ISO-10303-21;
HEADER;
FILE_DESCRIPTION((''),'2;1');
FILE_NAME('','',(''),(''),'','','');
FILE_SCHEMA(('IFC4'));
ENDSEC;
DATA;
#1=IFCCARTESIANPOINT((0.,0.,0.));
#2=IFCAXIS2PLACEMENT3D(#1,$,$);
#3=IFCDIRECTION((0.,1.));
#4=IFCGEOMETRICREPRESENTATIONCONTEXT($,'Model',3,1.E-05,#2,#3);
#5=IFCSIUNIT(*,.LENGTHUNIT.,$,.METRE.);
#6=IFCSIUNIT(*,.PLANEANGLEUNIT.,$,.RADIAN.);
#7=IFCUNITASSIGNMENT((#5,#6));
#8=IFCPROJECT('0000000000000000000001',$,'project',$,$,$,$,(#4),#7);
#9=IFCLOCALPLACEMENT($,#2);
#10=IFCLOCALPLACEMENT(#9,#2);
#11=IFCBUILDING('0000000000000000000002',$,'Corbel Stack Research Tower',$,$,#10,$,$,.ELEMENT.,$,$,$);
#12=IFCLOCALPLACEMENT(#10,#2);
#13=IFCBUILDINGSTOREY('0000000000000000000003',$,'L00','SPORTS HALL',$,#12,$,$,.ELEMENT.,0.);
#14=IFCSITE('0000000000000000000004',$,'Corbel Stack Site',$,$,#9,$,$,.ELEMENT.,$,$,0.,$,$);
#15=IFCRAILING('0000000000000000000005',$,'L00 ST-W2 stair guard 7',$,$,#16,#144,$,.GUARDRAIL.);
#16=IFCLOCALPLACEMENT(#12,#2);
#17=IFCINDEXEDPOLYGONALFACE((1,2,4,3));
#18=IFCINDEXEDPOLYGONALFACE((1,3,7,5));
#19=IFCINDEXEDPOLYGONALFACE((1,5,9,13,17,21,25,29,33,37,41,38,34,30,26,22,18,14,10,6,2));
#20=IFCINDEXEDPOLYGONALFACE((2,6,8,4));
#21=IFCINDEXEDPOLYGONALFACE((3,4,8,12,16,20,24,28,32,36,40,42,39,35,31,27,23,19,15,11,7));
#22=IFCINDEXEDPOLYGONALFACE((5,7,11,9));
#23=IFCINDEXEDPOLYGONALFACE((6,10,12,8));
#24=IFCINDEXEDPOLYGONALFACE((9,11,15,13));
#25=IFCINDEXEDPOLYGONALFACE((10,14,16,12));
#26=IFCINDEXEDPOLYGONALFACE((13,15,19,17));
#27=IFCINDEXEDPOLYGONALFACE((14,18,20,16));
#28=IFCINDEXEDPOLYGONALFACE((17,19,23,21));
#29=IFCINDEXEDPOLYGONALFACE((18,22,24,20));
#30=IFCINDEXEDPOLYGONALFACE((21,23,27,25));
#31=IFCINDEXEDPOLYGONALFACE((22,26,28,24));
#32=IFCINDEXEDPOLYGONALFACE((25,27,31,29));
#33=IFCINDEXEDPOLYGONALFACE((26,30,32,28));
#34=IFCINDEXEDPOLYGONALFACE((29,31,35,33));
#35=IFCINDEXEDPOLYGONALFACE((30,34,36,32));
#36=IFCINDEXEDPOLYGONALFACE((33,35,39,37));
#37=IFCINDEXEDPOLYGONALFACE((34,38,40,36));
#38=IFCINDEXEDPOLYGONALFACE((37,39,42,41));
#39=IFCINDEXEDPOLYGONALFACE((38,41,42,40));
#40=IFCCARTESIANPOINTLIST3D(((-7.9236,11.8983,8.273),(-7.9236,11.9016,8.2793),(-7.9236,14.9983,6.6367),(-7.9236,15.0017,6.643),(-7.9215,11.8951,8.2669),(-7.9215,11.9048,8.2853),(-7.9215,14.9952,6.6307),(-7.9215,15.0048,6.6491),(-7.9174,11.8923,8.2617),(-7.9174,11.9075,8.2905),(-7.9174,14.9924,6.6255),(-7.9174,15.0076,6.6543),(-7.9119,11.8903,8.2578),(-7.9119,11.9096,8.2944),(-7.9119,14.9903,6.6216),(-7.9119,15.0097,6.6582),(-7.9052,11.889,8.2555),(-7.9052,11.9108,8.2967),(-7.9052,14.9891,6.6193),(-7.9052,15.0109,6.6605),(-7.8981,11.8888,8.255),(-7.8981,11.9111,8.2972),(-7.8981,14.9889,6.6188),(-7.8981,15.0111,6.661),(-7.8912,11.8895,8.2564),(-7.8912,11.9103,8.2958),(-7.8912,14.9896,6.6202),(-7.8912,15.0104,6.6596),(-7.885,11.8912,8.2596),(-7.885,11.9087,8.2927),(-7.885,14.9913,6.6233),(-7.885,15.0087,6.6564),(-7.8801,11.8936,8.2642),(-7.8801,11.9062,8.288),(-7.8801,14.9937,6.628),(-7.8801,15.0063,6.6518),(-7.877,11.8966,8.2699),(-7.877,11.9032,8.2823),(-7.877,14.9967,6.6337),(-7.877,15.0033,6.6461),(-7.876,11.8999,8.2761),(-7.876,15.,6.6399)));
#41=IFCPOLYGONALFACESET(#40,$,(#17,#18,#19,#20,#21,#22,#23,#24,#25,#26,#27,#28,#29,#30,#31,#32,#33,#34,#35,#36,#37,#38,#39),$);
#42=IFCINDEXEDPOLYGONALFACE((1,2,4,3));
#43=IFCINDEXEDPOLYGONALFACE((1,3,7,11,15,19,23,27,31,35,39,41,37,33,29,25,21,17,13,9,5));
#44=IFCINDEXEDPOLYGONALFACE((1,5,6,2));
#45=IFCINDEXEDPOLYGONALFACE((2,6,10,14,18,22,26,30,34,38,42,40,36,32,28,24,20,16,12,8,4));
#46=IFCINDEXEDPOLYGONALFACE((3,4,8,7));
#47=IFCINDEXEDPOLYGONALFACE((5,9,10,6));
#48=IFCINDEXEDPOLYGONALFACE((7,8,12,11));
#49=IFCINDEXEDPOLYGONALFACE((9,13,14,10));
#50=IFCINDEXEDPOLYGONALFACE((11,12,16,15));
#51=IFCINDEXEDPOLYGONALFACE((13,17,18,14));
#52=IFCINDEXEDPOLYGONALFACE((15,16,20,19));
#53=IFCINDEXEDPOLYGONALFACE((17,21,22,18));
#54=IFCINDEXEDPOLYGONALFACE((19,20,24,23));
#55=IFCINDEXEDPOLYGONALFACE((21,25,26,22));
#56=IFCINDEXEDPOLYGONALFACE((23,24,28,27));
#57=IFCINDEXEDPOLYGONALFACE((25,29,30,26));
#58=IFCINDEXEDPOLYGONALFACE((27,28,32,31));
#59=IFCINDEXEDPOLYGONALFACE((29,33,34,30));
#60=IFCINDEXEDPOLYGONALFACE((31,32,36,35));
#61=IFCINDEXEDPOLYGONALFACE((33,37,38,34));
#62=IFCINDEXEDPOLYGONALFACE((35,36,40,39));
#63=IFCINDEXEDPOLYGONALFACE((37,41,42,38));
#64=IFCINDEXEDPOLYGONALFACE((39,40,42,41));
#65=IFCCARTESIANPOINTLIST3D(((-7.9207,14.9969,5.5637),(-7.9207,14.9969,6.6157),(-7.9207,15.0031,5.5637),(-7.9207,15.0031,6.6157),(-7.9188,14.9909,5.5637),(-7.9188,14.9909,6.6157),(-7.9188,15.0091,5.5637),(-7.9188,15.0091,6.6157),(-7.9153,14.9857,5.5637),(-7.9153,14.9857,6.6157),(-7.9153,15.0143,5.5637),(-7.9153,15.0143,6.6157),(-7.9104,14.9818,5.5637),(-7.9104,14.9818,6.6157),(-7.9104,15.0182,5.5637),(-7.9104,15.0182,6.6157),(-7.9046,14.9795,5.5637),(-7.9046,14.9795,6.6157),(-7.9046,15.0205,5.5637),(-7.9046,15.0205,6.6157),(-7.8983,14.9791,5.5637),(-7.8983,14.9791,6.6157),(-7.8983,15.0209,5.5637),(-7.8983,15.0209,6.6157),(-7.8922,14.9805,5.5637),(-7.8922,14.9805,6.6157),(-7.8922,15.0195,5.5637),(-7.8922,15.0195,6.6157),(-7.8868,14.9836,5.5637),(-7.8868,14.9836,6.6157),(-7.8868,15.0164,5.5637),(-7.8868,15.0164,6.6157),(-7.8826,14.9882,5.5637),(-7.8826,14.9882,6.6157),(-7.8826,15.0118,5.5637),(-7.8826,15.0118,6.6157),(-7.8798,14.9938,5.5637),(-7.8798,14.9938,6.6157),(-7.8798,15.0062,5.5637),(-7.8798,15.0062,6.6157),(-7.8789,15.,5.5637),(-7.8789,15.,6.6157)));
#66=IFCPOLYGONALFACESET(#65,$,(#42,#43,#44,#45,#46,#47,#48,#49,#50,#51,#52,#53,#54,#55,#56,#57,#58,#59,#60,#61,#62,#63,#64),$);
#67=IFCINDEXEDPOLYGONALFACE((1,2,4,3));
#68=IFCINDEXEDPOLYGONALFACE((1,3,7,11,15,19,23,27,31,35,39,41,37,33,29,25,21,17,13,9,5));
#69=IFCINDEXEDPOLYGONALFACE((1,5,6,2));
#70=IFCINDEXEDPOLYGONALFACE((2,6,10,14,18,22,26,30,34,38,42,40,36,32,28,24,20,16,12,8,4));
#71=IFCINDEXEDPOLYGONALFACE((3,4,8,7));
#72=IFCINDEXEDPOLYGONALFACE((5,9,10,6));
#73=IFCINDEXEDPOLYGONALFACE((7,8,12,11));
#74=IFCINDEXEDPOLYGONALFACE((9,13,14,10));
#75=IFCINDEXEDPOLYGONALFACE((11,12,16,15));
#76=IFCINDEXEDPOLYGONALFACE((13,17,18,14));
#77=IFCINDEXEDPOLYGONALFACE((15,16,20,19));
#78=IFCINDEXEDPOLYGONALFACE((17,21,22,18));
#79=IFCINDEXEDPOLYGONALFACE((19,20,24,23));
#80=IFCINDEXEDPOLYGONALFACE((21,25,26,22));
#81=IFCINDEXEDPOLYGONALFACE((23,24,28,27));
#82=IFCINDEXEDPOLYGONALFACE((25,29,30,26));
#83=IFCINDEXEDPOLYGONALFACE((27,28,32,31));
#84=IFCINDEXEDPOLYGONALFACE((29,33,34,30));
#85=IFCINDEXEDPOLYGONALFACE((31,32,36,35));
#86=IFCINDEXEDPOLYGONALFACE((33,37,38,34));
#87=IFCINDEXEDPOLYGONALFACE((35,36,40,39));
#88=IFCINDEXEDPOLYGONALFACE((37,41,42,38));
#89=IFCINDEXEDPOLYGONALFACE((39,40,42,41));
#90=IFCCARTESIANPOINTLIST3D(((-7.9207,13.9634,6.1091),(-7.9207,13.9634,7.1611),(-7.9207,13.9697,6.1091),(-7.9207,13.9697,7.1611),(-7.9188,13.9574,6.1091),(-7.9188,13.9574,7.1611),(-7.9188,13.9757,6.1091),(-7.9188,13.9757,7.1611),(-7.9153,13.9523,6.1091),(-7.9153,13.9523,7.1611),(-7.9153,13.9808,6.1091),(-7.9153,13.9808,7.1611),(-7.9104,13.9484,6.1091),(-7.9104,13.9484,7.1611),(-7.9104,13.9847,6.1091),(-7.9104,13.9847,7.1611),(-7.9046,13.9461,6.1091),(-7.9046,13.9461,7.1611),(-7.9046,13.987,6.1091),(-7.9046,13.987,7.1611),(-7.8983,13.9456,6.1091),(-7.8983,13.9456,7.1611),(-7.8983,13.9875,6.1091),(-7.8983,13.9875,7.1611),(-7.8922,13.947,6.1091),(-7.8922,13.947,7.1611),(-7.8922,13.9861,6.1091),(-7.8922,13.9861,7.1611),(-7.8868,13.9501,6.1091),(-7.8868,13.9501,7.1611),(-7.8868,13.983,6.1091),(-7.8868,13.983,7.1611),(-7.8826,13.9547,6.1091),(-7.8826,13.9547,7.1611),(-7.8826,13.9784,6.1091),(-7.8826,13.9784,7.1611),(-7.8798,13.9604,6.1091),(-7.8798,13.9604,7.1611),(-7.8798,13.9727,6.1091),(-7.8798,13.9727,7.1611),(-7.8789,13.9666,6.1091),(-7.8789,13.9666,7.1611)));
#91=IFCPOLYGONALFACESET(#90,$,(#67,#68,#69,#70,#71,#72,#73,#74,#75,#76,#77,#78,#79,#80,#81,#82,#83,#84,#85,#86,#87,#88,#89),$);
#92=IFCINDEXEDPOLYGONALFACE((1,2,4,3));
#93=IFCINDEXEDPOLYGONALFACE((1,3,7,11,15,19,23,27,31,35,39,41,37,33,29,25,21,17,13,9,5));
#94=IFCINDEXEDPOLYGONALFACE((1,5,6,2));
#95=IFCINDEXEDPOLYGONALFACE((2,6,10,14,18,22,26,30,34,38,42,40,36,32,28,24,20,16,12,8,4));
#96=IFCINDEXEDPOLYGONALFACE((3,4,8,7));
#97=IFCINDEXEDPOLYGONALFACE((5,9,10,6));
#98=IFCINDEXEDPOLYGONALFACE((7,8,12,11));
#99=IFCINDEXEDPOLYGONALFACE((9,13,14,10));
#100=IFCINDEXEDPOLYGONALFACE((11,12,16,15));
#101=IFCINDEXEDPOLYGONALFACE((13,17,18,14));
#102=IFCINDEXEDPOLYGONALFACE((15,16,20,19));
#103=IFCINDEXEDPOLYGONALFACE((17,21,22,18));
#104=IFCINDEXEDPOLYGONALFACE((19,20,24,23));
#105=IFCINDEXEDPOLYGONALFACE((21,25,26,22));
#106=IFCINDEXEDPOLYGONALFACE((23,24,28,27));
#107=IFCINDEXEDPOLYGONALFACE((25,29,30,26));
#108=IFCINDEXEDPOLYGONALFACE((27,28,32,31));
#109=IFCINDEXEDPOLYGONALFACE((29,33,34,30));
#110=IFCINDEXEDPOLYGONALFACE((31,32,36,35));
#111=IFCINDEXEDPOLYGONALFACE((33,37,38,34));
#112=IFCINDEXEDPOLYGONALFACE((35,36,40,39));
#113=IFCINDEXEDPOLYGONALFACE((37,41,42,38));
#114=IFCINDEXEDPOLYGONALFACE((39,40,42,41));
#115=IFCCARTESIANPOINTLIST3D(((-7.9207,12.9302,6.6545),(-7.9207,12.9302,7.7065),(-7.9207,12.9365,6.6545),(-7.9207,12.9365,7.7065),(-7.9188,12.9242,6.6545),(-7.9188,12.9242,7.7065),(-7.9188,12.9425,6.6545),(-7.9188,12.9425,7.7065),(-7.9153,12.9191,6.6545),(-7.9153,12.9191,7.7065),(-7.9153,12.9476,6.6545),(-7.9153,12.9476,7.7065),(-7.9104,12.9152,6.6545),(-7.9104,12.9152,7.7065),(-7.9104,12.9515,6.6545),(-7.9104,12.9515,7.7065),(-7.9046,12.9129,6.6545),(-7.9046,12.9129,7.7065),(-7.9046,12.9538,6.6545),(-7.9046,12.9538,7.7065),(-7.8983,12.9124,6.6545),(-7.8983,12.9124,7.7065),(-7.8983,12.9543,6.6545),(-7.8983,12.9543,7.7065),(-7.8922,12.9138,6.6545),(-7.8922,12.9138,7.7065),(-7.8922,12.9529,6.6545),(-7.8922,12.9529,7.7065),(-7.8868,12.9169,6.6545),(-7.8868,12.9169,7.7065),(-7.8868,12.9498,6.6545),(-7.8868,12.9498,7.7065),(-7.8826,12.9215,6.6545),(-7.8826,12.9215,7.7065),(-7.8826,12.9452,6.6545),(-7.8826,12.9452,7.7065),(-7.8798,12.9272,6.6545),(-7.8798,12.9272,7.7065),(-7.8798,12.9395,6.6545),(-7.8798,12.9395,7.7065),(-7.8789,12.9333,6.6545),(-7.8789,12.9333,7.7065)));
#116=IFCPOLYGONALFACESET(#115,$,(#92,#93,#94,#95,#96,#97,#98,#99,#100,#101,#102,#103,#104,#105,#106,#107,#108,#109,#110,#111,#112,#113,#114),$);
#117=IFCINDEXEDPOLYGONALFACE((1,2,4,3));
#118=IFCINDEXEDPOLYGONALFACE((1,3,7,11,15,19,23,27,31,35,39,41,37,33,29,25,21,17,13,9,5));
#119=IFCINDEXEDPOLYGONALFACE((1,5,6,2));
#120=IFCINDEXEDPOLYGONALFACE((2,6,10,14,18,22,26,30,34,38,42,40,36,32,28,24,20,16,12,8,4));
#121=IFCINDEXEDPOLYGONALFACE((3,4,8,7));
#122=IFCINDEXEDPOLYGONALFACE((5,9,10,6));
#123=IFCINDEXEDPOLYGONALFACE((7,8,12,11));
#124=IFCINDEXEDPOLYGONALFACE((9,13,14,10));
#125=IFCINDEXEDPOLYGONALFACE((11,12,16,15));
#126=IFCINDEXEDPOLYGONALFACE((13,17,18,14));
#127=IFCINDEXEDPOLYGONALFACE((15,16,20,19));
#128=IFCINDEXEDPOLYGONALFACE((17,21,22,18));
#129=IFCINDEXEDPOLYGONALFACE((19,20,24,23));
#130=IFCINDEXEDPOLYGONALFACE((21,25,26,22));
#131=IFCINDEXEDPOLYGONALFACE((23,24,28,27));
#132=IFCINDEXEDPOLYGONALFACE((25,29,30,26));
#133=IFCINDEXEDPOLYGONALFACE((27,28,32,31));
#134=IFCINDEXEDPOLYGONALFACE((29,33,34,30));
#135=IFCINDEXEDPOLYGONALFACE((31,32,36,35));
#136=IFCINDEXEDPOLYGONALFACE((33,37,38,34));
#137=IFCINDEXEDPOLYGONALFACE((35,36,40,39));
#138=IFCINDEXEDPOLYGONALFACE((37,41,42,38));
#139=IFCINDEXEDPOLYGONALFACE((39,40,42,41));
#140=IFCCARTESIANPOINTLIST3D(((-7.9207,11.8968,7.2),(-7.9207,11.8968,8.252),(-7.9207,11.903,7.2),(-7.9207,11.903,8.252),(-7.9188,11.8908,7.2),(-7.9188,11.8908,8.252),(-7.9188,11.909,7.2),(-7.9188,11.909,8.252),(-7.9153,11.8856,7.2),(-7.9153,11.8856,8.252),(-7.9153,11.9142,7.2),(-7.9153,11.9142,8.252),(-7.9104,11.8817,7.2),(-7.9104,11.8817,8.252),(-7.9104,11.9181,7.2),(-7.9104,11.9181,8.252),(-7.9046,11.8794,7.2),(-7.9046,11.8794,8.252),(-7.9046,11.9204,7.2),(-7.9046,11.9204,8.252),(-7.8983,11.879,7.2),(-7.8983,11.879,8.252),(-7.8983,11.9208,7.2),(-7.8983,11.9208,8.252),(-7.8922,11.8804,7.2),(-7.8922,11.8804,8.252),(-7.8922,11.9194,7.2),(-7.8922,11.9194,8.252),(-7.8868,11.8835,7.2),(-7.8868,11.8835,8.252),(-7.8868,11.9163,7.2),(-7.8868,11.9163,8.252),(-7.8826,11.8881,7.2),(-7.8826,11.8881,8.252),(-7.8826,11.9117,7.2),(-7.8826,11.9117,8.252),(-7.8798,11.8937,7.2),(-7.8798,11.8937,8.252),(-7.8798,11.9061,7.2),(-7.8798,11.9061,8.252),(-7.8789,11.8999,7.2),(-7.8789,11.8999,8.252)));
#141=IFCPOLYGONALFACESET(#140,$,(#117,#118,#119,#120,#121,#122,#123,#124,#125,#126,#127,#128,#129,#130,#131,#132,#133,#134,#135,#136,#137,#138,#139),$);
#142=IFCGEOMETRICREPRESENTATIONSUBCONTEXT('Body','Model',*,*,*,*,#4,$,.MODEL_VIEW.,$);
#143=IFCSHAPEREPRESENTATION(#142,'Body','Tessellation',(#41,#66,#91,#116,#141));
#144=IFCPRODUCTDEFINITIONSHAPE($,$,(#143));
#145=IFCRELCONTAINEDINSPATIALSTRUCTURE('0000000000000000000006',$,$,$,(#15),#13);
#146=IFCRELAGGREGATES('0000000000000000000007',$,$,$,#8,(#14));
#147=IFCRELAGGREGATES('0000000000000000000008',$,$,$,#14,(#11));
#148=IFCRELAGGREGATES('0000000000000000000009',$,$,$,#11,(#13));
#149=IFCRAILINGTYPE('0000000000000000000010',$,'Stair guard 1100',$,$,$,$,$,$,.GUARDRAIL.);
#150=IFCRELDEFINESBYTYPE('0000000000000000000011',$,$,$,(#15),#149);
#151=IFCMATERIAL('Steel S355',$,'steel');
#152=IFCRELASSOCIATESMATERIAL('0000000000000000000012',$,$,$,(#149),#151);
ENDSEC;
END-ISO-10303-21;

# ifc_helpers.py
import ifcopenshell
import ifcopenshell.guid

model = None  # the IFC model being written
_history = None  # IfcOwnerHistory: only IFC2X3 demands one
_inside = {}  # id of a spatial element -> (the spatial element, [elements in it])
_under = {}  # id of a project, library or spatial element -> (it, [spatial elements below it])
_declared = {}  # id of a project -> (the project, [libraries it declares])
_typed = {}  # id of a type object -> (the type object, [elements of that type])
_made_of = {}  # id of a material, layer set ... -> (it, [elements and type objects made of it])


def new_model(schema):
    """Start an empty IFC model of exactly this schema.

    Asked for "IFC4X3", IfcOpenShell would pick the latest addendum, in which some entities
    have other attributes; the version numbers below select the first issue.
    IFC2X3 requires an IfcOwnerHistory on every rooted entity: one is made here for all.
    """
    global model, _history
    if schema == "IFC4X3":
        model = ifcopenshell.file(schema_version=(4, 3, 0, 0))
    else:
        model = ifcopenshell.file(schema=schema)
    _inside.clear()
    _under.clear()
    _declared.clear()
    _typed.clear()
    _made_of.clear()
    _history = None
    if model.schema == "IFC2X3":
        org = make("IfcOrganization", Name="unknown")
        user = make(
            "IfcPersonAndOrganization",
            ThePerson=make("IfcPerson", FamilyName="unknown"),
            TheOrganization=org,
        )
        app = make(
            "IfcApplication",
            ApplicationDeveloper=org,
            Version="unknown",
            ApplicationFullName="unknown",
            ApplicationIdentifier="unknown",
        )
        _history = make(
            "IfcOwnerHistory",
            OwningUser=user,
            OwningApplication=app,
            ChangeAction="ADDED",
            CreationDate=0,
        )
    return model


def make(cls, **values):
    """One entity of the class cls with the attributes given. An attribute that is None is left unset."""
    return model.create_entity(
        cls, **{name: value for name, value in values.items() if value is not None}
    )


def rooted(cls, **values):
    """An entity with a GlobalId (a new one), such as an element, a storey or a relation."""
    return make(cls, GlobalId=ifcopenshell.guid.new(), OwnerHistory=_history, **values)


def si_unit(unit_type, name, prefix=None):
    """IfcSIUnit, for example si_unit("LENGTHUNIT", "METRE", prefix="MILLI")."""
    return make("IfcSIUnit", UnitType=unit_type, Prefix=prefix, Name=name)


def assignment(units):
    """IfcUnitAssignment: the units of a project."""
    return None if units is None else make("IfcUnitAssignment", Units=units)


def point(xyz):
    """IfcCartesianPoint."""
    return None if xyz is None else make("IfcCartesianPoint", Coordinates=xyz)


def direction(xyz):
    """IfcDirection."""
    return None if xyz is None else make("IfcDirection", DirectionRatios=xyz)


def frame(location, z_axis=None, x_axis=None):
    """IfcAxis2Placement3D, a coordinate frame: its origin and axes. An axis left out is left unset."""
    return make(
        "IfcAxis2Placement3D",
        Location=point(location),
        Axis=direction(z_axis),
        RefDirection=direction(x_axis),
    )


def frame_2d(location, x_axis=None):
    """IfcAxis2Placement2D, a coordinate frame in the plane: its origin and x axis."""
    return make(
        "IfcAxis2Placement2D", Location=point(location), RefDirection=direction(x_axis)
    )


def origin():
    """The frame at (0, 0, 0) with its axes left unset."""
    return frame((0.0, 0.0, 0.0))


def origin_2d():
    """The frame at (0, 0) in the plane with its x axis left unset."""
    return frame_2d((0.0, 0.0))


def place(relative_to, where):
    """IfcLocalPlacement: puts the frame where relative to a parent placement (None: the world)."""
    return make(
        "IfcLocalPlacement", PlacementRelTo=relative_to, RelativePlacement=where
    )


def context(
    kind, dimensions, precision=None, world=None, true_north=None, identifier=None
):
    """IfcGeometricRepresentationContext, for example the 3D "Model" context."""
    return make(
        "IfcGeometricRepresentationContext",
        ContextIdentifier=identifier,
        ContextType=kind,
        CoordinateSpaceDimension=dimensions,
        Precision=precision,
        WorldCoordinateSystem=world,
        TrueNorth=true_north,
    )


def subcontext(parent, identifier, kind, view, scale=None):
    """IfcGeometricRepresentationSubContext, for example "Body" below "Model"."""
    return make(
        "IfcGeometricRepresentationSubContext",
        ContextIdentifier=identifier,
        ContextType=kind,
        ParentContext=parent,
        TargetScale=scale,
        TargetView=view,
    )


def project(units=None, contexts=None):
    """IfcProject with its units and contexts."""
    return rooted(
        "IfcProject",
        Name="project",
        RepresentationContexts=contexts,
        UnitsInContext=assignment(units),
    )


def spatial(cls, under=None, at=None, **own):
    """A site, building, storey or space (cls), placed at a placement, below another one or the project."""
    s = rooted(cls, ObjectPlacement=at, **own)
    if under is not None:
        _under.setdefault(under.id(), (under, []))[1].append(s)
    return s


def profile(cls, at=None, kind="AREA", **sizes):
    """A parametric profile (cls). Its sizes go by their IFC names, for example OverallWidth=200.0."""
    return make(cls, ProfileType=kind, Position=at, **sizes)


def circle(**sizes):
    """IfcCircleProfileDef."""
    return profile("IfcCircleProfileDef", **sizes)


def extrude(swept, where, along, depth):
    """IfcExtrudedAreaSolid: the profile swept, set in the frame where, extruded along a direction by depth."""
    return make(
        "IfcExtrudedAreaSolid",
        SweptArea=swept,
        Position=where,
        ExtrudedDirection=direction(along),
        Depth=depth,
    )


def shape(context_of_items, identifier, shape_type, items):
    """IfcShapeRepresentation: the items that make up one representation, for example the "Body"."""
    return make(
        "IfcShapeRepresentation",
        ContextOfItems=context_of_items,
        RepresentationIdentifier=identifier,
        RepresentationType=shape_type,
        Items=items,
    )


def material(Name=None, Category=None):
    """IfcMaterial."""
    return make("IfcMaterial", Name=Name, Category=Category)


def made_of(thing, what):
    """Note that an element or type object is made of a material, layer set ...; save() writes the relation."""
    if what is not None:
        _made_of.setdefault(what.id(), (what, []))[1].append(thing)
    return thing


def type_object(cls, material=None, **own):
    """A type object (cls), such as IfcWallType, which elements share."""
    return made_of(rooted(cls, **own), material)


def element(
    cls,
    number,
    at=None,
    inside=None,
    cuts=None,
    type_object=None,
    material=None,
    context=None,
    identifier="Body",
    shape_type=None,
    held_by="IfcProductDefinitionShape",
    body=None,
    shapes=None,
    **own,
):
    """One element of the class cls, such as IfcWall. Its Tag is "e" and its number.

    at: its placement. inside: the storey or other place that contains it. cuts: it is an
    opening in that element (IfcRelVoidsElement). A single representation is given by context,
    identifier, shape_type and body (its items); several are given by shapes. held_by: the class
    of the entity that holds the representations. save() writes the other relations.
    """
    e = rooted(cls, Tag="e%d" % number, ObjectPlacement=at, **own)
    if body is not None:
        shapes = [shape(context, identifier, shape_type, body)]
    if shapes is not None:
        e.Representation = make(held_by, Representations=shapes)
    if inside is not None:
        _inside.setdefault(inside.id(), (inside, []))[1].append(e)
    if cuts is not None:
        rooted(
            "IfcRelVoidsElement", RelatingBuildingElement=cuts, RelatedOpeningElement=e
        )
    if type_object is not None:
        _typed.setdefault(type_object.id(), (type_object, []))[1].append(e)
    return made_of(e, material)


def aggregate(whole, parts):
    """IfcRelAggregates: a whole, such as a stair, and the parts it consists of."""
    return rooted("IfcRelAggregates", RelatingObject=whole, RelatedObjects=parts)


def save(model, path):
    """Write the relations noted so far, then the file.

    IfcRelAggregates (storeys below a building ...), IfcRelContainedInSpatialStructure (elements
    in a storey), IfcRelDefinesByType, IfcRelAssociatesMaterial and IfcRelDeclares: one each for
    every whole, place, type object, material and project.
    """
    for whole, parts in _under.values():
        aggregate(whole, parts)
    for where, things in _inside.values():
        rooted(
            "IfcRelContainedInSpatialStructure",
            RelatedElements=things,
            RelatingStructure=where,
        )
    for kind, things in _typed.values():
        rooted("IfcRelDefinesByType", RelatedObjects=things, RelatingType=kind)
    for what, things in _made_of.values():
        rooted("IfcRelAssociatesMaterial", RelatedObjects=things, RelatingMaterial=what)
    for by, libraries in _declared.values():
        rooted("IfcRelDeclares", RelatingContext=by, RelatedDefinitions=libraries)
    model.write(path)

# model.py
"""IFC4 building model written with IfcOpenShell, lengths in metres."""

from ifc_helpers import new_model, si_unit, direction, frame, origin, origin_2d, place, context, subcontext, project, spatial, circle, extrude, material, type_object, element, save


model = new_model("IFC4")

# Units and contexts
model_context = context("Model", 3, precision=1e-05, world=origin(), true_north=direction((0.0, 1.0)))
body_context = subcontext(model_context, "Body", "Model", "MODEL_VIEW")
ifc_project = project(units=[si_unit("LENGTHUNIT", "METRE"), si_unit("PLANEANGLEUNIT", "RADIAN")], contexts=[model_context])

# Site, building, storey
site_placement = place(None, origin())
site = spatial("IfcSite", under=ifc_project, at=site_placement, Name="Corbel Stack Site", CompositionType="ELEMENT", RefElevation=0.0)
building_placement = place(site_placement, origin())
building = spatial("IfcBuilding", under=site, at=building_placement, Name="Corbel Stack Research Tower", CompositionType="ELEMENT")
storey_placement = place(building_placement, origin())
storey = spatial("IfcBuildingStorey", under=building, at=storey_placement, Name="L00", Description="SPORTS HALL", CompositionType="ELEMENT", Elevation=0.0)

# Railing
ifc_material_1 = material(Name="Steel S355", Category="steel")
railing_type = type_object("IfcRailingType", Name="Stair guard 1100", PredefinedType="GUARDRAIL", material=ifc_material_1)
railing_1_placement = place(storey_placement, frame((-7.8999, 15.0, 5.5637)))
element("IfcRailing", 1, at=railing_1_placement, inside=storey, type_object=railing_type, Name="L00 ST-W2 stair guard 7", PredefinedType="GUARDRAIL", context=body_context, shape_type="SweptSolid", body=[
    extrude(circle(Radius=0.0239, at=origin_2d()), frame((0.0, 0.0, 1.0762), z_axis=(0.0, -0.884377, 0.466774), x_axis=(1.0, 0.0, 0.0)), (0.0, 0.0, 1.0), 3.5054),
    extrude(circle(Radius=0.021, at=origin_2d()), origin(), (0.0, 0.0, 1.0), 1.052),
    extrude(circle(Radius=0.021, at=origin_2d()), frame((0.0, -1.0334, 0.5454)), (0.0, 0.0, 1.0), 1.052),
    extrude(circle(Radius=0.021, at=origin_2d()), frame((0.0, -2.0667, 1.0908)), (0.0, 0.0, 1.0), 1.052),
    extrude(circle(Radius=0.021, at=origin_2d()), frame((0.0, -3.1001, 1.6362)), (0.0, 0.0, 1.0), 1.052),
])

save(model, "model.ifc")
